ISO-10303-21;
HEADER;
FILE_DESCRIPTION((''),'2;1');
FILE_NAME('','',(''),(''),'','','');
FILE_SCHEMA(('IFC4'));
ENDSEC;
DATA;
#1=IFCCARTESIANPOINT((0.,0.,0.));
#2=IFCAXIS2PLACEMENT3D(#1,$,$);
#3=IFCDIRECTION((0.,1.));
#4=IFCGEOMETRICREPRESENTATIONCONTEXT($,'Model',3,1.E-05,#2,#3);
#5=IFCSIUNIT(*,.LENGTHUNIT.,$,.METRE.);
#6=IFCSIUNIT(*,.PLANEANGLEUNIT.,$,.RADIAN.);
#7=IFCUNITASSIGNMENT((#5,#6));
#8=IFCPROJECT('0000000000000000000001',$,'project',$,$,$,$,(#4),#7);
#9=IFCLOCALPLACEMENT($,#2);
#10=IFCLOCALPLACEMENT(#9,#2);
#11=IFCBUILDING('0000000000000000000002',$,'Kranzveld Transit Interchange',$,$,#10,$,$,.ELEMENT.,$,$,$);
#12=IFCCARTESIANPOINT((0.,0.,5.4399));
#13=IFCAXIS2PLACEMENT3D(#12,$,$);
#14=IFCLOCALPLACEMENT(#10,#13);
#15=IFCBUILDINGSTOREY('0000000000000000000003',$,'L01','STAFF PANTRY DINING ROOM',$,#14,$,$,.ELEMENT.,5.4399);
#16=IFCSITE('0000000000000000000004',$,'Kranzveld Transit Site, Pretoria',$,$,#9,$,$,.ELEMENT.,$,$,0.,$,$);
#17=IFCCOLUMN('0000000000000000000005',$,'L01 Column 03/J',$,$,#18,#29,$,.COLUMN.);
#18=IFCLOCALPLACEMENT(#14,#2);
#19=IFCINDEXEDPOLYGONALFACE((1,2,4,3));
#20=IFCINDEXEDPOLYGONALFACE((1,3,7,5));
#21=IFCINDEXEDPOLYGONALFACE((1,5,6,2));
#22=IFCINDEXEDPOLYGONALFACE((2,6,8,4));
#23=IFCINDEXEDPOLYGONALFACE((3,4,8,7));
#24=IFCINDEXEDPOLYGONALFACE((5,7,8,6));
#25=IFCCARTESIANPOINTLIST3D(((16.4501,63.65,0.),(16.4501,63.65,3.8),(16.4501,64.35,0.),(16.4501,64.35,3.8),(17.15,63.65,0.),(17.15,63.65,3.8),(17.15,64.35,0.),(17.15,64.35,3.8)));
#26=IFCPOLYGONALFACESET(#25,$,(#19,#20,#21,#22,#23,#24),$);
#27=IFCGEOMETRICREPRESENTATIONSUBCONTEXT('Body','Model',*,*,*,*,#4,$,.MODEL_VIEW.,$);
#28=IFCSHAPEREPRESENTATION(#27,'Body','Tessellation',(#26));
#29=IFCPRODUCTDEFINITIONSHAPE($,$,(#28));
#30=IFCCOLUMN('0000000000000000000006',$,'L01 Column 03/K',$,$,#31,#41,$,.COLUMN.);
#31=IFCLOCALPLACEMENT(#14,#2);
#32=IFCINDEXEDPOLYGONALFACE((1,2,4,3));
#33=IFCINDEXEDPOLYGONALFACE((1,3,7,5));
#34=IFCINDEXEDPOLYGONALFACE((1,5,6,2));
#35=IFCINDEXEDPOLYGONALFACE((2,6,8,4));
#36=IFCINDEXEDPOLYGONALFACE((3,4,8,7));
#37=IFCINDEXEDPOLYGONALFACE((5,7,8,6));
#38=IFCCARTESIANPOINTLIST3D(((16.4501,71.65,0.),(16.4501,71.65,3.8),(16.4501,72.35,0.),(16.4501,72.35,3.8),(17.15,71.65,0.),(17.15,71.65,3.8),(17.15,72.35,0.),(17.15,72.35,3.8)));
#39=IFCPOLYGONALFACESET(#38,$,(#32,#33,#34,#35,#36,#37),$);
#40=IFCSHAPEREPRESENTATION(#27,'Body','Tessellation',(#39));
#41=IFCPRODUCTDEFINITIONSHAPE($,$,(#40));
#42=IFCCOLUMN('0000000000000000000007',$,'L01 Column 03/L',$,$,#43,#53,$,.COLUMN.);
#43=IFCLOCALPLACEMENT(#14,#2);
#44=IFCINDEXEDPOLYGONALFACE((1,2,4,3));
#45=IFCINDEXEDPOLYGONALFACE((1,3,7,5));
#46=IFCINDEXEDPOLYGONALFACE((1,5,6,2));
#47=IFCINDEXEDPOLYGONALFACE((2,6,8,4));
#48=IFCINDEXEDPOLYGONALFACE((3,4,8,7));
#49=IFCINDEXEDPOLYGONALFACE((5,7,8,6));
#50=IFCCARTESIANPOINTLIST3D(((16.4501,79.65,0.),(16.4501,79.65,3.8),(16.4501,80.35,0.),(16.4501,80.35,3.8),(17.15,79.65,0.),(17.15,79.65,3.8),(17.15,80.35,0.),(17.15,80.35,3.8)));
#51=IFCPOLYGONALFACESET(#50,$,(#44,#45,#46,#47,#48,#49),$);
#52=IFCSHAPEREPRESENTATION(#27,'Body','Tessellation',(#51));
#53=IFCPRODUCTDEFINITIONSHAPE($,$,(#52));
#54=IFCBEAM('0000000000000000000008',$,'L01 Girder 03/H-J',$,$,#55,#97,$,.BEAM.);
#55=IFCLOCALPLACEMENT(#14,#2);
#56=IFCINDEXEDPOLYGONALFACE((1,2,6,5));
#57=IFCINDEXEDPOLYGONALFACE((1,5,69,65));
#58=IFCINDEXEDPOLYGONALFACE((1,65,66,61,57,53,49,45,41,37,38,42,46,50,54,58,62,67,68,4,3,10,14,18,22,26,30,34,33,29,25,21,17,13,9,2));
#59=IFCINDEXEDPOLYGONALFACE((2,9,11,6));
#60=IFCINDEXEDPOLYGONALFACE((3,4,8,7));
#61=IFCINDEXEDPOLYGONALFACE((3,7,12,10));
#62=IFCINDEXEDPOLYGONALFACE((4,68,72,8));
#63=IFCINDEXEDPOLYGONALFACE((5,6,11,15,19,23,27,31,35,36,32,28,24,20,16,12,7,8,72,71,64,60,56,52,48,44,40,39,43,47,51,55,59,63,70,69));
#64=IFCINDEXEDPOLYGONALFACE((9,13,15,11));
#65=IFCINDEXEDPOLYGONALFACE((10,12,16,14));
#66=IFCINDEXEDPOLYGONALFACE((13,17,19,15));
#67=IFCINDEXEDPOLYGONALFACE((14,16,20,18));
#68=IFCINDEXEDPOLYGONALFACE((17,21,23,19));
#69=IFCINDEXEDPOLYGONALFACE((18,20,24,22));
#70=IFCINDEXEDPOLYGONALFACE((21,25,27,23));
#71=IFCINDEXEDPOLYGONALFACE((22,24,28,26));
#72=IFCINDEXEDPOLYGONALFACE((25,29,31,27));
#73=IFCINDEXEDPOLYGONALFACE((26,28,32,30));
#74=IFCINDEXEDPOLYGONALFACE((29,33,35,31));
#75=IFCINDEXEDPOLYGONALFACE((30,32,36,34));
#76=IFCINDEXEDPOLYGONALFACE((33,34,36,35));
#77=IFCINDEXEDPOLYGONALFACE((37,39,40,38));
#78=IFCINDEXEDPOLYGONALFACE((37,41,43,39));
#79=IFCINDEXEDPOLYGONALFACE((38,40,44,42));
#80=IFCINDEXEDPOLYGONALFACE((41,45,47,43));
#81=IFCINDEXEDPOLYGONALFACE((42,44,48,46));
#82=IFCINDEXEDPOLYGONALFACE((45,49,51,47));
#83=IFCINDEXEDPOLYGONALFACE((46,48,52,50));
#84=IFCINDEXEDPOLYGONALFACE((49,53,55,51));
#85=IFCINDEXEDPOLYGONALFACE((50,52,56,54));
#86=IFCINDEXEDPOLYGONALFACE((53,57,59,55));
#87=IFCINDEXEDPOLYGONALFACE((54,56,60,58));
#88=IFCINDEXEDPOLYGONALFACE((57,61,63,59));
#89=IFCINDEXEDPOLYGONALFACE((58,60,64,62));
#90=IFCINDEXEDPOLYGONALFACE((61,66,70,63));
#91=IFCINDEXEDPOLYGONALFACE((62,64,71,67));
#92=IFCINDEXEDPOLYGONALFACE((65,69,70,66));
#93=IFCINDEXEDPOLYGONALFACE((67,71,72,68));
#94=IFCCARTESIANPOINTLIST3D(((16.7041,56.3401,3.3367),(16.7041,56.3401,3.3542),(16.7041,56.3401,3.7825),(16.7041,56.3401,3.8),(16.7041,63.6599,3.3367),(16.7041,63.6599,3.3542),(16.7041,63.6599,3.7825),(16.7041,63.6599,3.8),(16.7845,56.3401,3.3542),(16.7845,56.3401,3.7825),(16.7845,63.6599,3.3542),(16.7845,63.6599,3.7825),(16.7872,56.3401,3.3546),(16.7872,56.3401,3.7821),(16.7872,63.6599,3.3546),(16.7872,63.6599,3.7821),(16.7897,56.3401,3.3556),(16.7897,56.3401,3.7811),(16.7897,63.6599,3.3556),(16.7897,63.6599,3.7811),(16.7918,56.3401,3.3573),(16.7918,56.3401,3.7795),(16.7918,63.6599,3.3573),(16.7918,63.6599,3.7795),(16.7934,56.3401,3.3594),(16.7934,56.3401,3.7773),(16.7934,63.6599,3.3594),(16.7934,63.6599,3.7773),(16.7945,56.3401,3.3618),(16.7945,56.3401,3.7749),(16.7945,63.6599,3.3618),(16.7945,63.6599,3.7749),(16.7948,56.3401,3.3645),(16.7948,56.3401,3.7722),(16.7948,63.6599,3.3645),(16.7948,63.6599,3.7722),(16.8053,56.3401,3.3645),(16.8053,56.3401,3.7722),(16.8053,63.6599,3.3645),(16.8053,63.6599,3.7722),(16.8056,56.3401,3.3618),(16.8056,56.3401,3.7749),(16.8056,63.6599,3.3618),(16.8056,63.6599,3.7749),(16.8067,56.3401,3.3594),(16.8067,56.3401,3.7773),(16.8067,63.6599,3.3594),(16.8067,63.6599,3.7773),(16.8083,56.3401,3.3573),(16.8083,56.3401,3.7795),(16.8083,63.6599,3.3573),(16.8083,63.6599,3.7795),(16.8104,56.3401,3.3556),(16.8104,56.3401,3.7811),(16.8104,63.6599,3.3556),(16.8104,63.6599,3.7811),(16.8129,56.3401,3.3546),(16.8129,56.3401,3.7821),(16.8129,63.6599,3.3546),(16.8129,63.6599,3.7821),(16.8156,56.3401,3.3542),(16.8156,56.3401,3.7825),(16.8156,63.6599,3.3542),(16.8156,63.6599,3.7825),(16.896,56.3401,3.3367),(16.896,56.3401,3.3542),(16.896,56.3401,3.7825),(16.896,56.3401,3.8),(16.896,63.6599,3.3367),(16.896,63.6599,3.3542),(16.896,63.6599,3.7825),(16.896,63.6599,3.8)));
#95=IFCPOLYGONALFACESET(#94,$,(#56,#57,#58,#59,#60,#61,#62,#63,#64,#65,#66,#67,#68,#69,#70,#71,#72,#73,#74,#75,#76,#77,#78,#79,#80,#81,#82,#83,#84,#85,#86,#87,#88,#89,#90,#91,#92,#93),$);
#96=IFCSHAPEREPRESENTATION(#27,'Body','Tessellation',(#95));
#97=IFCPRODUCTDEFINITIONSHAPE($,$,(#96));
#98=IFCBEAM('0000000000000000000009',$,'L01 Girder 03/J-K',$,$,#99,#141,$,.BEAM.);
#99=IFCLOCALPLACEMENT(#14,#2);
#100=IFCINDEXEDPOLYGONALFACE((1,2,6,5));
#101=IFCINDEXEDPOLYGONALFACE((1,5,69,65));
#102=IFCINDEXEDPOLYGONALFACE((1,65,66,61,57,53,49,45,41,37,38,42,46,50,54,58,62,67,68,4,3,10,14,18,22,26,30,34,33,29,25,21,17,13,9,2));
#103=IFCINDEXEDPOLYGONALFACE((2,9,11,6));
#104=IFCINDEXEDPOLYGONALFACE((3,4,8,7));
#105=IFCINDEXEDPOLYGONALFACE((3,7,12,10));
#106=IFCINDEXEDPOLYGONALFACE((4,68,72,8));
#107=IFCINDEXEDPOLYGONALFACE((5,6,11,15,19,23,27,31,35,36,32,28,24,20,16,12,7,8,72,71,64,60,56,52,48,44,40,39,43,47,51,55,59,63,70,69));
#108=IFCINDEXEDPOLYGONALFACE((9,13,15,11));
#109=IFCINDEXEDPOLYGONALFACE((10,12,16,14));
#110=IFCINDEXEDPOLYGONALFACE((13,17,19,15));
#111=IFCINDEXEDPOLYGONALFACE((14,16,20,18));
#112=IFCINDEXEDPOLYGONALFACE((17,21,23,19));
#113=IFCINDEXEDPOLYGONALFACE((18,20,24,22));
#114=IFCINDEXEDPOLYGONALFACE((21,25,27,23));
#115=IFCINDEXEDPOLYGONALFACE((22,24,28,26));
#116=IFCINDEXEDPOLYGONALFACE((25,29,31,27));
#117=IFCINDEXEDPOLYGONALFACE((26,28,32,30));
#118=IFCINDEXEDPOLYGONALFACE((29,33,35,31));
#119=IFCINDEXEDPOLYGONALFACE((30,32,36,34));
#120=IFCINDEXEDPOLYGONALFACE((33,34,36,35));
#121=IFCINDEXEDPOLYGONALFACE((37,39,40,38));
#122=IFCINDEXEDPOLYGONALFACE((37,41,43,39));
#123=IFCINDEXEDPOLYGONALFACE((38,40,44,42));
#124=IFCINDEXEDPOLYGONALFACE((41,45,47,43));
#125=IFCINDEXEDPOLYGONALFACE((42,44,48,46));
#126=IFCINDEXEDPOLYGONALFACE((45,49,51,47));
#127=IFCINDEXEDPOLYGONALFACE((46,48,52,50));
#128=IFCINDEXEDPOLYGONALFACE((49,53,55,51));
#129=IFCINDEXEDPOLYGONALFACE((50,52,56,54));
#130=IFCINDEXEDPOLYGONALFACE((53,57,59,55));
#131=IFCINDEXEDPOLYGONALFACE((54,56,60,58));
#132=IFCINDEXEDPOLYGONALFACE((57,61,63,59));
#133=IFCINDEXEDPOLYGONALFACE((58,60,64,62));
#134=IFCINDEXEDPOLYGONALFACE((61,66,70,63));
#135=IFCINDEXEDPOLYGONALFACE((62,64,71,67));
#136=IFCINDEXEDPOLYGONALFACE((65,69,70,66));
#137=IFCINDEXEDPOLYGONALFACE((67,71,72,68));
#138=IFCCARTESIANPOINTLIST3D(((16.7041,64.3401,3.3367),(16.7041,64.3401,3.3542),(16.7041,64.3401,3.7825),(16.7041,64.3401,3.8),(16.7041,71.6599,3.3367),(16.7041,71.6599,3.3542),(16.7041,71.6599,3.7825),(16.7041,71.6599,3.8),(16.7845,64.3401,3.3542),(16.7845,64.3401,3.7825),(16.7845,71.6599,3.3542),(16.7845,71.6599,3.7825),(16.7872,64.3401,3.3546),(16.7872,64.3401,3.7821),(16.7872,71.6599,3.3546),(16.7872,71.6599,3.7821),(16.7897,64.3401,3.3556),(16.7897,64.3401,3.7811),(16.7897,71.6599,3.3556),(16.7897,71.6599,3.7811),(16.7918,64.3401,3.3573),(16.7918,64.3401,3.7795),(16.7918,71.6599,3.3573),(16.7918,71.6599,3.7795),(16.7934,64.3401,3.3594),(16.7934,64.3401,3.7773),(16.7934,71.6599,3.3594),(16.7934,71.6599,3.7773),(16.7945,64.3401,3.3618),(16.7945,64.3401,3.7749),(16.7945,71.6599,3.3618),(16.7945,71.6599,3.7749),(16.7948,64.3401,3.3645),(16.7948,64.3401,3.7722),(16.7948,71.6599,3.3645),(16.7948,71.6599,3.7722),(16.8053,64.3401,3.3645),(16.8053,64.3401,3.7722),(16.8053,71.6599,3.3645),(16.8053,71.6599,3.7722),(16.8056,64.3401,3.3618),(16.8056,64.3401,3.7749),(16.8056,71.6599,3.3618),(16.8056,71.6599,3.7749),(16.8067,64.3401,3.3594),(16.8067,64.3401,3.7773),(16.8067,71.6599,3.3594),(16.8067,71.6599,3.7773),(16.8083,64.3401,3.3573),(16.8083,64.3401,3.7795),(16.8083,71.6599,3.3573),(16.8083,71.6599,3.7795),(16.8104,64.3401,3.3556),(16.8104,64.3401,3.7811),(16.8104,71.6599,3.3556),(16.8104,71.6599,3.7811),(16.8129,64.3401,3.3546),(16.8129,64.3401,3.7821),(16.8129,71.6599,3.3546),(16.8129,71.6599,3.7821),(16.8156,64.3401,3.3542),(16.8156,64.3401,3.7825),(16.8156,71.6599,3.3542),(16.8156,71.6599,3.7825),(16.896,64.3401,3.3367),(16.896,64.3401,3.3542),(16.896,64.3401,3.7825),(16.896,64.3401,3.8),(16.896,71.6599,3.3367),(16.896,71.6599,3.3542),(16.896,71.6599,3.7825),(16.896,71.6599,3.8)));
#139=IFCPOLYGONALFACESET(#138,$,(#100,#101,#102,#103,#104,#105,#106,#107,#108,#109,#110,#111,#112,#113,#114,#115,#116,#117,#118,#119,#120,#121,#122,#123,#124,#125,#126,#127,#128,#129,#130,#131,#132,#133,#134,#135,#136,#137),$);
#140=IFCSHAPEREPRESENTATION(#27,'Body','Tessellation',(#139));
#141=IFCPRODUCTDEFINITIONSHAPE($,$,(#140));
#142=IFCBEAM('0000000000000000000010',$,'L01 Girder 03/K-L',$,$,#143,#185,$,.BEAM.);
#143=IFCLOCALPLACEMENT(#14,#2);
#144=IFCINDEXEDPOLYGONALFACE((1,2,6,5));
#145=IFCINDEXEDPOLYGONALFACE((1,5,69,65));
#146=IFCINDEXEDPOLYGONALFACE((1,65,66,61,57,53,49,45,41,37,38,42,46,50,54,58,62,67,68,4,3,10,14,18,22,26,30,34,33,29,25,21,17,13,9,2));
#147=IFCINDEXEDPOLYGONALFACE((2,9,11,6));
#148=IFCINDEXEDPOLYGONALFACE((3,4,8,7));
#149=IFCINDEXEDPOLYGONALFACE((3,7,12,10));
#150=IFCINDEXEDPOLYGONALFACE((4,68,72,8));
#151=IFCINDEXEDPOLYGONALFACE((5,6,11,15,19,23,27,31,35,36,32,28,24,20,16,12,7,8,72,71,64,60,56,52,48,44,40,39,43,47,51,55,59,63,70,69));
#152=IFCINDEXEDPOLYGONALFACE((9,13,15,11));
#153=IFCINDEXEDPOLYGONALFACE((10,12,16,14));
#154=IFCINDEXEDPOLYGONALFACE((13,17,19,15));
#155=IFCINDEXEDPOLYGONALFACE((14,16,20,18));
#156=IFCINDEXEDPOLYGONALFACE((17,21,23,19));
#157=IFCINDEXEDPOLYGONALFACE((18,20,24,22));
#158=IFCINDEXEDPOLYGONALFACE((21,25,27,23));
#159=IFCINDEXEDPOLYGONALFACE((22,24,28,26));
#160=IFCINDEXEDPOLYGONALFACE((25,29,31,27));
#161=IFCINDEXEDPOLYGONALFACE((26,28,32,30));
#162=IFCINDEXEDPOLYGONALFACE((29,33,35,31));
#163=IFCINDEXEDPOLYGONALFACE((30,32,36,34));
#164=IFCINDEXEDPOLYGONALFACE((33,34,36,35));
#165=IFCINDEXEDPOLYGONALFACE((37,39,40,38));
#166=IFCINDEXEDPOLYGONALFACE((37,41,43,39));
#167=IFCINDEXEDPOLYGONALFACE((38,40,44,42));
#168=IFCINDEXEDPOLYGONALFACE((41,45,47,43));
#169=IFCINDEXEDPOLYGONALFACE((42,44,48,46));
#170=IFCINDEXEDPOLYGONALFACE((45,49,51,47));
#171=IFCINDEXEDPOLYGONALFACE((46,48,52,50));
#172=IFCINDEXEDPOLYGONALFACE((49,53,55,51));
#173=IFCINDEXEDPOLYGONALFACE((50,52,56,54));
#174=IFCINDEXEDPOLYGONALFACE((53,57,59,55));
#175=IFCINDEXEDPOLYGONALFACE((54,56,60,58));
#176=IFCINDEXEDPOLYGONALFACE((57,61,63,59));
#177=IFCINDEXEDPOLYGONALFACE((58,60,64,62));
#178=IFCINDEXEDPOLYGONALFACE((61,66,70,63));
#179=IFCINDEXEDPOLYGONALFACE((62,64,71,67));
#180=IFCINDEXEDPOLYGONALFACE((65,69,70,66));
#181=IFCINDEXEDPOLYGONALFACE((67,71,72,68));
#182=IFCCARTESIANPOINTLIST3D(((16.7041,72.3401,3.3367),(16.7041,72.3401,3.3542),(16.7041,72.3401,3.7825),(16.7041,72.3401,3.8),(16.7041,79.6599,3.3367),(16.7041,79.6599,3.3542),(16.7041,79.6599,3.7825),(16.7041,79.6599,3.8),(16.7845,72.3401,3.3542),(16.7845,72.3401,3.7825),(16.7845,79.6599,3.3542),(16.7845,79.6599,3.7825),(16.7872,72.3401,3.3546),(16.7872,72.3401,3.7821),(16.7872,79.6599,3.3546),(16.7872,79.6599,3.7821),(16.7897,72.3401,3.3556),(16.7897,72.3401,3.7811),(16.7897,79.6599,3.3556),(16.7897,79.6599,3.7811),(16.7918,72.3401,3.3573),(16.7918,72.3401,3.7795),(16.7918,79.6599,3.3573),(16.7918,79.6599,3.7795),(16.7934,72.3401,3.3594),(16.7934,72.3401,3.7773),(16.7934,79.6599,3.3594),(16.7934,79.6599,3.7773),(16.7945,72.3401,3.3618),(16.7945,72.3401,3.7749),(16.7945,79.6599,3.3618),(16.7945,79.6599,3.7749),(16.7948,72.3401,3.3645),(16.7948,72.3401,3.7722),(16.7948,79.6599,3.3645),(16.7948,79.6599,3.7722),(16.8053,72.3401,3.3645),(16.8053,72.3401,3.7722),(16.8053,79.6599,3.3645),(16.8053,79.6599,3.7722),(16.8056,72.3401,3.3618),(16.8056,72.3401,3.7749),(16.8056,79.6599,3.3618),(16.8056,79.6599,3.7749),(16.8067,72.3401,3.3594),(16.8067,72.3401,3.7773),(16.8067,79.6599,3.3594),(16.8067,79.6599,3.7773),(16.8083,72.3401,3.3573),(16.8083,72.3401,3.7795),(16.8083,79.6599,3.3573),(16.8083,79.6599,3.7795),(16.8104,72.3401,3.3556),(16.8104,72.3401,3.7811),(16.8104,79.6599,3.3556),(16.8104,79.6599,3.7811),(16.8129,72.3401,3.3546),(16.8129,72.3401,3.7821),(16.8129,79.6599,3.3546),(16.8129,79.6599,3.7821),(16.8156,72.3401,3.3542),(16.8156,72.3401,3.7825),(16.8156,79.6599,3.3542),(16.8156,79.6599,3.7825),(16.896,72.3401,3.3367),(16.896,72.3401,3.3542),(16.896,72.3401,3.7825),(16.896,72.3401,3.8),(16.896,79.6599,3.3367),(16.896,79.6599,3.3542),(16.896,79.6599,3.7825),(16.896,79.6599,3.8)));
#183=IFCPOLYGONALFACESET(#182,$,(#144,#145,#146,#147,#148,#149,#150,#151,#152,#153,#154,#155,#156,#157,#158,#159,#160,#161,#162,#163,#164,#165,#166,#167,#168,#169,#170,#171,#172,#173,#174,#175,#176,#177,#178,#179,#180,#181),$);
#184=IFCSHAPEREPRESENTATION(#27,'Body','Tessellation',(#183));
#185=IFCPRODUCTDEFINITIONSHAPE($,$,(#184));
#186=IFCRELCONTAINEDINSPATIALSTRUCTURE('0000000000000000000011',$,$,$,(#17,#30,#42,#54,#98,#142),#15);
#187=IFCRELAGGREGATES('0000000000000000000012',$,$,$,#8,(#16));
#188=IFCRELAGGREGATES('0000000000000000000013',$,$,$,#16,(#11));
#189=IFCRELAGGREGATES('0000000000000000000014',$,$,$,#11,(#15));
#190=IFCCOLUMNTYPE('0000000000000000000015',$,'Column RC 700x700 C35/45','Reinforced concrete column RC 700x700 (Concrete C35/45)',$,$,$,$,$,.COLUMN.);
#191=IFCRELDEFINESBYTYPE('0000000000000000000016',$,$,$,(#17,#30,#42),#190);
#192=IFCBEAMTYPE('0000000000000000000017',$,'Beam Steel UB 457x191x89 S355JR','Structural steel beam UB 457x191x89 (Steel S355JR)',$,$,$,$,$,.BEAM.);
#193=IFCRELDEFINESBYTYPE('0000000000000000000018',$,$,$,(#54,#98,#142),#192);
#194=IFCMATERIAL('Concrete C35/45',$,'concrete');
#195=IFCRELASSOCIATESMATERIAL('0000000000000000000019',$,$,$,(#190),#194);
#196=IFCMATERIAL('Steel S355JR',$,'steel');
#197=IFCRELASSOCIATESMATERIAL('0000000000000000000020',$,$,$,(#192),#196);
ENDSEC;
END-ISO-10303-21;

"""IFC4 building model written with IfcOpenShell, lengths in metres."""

from ifc_helpers import new_model, si_unit, direction, frame, origin, origin_2d, place, context, subcontext, project, spatial, rectangle, i_section, extrude, material, material_profile, profile_set, type_object, element, save


model = new_model("IFC4")

# Units and contexts
model_context = context("Model", 3, precision=1e-05, world=origin(), true_north=direction((0.0, 1.0)))
body_context = subcontext(model_context, "Body", "Model", "MODEL_VIEW")
ifc_project = project(units=[si_unit("LENGTHUNIT", "METRE"), si_unit("PLANEANGLEUNIT", "RADIAN")], contexts=[model_context])

# Site, building, storey
site_placement = place(None, origin())
site = spatial("IfcSite", under=ifc_project, at=site_placement, Name="Kranzveld Transit Site, Pretoria", CompositionType="ELEMENT", RefElevation=0.0)
building_placement = place(site_placement, origin())
building = spatial("IfcBuilding", under=site, at=building_placement, Name="Kranzveld Transit Interchange", CompositionType="ELEMENT")
storey_placement = place(building_placement, frame((0.0, 0.0, 5.4399)))
storey = spatial("IfcBuildingStorey", under=building, at=storey_placement, Name="L01", Description="STAFF PANTRY DINING ROOM", CompositionType="ELEMENT", Elevation=5.4399)

# Columns
ifc_material_1 = material(Name="Concrete C35/45", Category="concrete")
ifc_material_profile_1 = material_profile(ifc_material_1, rectangle(XDim=0.7, YDim=0.7, at=origin_2d()), Name="RC 700x700")
ifc_profile_set_1 = profile_set([ifc_material_profile_1], Name="Concrete C35/45")
column_type = type_object("IfcColumnType", Name="Column RC 700x700 C35/45", Description="Reinforced concrete column RC 700x700 (Concrete C35/45)", PredefinedType="COLUMN", material=ifc_profile_set_1)
for number, where, z_axis, x_axis, name in (
    (1, (16.8, 64.0, 0.0), (0.0, 0.0, 1.0), (1.0, 0.0, 0.0), "L01 Column 03/J"),
    (2, (16.8, 72.0, 0.0), (0.0, 0.0, 1.0), (1.0, 0.0, 0.0), "L01 Column 03/K"),
    (3, (16.8, 80.0, 0.0), (0.0, 0.0, 1.0), (1.0, 0.0, 0.0), "L01 Column 03/L"),
):
    element("IfcColumn", number, at=place(storey_placement, frame(where, z_axis=z_axis, x_axis=x_axis)), inside=storey, type_object=column_type, Name=name, PredefinedType="COLUMN", context=body_context, shape_type="SweptSolid", body=[
        extrude(rectangle(XDim=0.7, YDim=0.7, at=origin_2d()), origin(), (0.0, 0.0, 1.0), 3.8),
    ])

# Beams
ifc_material_2 = material(Name="Steel S355JR", Category="steel")
ifc_material_profile_2 = material_profile(ifc_material_2, i_section(OverallWidth=0.1919, OverallDepth=0.4634, WebThickness=0.0105, FlangeThickness=0.0176, FilletRadius=0.0103, at=origin_2d()), Name="UB 457x191x89")
ifc_profile_set_2 = profile_set([ifc_material_profile_2], Name="Steel S355JR")
beam_type_1 = type_object("IfcBeamType", Name="Beam Steel UB 457x191x89 S355JR", Description="Structural steel beam UB 457x191x89 (Steel S355JR)", PredefinedType="BEAM", material=ifc_profile_set_2)
for number, where, z_axis, x_axis, name in (
    (4, (16.8, 56.3401, 3.5684), (0.0, 1.0, 0.0), (-1.0, 0.0, 0.0), "L01 Girder 03/H-J"),
    (5, (16.8, 64.3401, 3.5684), (0.0, 1.0, 0.0), (-1.0, 0.0, 0.0), "L01 Girder 03/J-K"),
    (6, (16.8, 72.3401, 3.5684), (0.0, 1.0, 0.0), (-1.0, 0.0, 0.0), "L01 Girder 03/K-L"),
):
    element("IfcBeam", number, at=place(storey_placement, frame(where, z_axis=z_axis, x_axis=x_axis)), inside=storey, type_object=beam_type_1, Name=name, PredefinedType="BEAM", context=body_context, shape_type="SweptSolid", body=[
        extrude(i_section(OverallWidth=0.1919, OverallDepth=0.4634, WebThickness=0.0105, FlangeThickness=0.0176, FilletRadius=0.0103, at=origin_2d()), origin(), (0.0, 0.0, 1.0), 7.3198),
    ])

save(model, "model.ifc")
